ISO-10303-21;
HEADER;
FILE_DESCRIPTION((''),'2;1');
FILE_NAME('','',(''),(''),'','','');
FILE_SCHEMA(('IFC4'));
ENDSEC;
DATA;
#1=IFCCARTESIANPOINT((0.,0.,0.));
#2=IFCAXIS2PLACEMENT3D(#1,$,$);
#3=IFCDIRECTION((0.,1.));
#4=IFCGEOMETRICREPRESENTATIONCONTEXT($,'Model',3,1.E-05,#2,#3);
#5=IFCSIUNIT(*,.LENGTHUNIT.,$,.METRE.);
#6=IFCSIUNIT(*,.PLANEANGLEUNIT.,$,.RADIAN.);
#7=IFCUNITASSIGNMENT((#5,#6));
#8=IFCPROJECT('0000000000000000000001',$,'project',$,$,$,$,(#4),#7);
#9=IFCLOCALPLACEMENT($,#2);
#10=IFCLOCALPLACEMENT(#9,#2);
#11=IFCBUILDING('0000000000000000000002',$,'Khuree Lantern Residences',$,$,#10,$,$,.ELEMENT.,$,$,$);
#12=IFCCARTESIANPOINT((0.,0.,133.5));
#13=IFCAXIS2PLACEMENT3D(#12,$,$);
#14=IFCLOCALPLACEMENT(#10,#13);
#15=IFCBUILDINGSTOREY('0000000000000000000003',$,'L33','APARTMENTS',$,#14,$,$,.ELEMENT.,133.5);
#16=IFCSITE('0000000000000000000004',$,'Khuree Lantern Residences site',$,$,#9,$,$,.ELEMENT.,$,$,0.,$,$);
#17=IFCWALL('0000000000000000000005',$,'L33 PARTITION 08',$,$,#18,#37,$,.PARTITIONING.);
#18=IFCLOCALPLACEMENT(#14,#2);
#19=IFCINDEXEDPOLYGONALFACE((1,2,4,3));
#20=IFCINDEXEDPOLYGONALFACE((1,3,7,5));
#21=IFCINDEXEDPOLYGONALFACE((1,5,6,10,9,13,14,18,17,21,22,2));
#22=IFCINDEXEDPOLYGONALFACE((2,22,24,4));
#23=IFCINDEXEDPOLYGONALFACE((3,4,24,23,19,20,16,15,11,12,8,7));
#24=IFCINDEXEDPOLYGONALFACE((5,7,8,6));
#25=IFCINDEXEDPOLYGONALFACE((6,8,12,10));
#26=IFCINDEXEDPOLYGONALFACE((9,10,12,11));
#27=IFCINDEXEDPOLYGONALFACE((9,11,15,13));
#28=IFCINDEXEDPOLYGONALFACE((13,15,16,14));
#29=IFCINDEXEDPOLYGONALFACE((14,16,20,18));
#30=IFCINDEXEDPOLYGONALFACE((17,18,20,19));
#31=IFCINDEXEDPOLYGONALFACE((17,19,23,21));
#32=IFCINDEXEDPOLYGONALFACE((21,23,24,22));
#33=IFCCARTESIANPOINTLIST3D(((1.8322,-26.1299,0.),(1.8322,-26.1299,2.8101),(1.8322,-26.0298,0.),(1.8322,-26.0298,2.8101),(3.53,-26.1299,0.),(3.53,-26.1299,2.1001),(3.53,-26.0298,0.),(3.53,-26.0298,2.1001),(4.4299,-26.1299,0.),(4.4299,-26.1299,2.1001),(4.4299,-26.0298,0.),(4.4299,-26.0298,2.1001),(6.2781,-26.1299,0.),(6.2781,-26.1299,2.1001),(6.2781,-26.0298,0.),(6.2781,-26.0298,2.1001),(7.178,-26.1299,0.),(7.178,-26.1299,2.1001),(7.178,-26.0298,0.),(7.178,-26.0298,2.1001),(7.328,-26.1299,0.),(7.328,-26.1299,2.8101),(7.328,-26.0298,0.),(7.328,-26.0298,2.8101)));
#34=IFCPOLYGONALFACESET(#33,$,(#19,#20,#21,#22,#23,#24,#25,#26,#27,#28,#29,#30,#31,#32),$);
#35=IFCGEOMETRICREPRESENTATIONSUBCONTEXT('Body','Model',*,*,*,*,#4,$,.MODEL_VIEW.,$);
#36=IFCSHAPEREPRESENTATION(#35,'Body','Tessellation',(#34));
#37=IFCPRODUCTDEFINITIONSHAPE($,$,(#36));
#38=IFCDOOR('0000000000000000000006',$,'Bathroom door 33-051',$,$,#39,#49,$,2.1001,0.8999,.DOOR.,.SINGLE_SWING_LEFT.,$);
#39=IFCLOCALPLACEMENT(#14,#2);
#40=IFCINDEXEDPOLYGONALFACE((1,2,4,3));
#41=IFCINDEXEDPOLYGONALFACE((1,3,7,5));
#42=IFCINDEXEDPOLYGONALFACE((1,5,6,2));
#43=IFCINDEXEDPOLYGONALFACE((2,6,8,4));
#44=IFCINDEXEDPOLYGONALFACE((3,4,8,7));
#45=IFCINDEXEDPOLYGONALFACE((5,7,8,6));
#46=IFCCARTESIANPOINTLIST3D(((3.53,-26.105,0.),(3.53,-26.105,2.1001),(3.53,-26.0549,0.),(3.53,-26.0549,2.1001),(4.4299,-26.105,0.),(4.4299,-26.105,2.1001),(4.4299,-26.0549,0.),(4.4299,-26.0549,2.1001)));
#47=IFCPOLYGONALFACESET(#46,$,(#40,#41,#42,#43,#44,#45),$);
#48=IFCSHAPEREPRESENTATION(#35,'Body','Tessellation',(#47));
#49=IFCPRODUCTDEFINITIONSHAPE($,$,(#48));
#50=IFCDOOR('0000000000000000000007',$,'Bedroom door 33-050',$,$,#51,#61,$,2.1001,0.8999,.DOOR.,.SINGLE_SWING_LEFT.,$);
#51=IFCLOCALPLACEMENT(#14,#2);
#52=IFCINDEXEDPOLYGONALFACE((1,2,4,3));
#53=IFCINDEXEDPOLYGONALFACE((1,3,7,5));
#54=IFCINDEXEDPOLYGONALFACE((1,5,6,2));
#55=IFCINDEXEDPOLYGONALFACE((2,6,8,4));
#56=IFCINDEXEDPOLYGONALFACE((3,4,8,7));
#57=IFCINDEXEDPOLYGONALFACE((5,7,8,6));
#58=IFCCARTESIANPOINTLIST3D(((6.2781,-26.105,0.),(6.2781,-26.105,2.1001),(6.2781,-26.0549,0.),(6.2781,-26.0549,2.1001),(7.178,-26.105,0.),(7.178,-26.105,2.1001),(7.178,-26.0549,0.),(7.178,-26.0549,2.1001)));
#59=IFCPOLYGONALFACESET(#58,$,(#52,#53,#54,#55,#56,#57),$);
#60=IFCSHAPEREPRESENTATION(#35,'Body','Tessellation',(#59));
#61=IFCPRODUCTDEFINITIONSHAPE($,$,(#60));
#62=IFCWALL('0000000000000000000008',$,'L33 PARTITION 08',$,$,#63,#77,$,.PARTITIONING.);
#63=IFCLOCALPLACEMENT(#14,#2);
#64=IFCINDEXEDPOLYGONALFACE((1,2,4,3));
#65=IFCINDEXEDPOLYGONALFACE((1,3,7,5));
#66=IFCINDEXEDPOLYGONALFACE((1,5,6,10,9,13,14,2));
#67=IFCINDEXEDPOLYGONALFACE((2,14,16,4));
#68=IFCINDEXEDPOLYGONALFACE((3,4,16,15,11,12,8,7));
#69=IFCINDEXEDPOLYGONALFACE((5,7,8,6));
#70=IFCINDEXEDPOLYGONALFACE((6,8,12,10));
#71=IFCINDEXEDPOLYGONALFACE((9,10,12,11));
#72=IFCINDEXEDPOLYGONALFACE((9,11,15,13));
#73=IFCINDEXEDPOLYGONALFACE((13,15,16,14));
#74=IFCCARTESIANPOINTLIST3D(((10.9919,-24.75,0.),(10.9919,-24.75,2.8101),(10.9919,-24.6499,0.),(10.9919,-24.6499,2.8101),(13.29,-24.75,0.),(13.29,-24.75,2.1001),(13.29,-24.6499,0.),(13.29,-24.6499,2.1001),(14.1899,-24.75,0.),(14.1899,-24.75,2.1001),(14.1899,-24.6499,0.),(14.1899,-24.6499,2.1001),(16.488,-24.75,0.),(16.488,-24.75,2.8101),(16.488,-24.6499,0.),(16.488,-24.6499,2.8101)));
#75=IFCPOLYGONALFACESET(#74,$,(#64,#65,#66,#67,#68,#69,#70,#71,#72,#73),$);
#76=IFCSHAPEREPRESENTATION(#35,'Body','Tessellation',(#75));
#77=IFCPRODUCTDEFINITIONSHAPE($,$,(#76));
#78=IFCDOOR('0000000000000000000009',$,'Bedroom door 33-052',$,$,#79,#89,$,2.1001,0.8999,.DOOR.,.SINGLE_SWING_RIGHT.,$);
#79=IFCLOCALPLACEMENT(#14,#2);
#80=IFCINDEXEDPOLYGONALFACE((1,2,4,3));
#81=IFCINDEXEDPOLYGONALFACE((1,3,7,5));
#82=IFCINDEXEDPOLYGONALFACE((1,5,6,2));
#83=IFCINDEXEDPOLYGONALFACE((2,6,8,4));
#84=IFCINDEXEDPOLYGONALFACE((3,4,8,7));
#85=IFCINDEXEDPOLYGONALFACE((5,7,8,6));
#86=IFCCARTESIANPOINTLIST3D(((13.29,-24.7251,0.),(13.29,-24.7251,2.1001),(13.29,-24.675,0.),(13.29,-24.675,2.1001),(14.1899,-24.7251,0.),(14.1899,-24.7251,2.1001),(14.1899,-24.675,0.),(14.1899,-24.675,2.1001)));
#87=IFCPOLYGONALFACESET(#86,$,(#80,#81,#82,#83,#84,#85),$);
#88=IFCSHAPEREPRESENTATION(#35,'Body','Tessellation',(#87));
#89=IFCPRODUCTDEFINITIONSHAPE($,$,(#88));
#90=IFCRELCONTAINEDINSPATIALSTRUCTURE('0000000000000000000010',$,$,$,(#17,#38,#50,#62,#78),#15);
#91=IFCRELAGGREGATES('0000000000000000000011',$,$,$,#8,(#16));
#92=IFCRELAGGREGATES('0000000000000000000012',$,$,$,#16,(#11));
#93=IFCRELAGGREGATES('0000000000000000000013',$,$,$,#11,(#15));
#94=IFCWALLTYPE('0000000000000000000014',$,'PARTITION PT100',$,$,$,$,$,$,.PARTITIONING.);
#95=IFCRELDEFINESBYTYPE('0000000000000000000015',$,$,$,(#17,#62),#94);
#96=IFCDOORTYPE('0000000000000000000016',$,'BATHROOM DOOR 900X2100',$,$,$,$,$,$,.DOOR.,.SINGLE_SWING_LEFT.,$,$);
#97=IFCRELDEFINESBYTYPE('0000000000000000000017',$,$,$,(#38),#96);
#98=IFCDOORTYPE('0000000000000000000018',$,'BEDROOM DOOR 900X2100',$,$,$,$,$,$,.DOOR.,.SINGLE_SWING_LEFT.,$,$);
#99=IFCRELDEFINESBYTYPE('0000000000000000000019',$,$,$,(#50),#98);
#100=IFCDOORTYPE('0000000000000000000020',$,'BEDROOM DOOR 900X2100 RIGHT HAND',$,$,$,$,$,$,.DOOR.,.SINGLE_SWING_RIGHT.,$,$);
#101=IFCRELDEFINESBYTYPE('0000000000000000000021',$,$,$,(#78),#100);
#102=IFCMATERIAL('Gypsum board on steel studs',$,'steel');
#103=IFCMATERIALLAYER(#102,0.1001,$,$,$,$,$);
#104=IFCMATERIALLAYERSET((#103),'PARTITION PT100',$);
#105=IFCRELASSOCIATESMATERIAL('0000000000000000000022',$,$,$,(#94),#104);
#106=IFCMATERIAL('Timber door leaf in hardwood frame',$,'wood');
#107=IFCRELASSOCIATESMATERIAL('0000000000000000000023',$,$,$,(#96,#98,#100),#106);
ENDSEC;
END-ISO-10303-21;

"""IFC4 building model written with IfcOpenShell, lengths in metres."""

from ifc_helpers import new_model, si_unit, direction, frame, frame_2d, origin, place, context, subcontext, project, spatial, rectangle, extrude, material, layer, layer_set, type_object, element, fill, save


model = new_model("IFC4")

# Units and contexts
model_context = context("Model", 3, precision=1e-05, world=origin(), true_north=direction((0.0, 1.0)))
body_context = subcontext(model_context, "Body", "Model", "MODEL_VIEW")
ifc_project = project(units=[si_unit("LENGTHUNIT", "METRE"), si_unit("PLANEANGLEUNIT", "RADIAN")], contexts=[model_context])

# Site, building, storey
site_placement = place(None, origin())
site = spatial("IfcSite", under=ifc_project, at=site_placement, Name="Khuree Lantern Residences site", CompositionType="ELEMENT", RefElevation=0.0)
building_placement = place(site_placement, origin())
building = spatial("IfcBuilding", under=site, at=building_placement, Name="Khuree Lantern Residences", CompositionType="ELEMENT")
storey_placement = place(building_placement, frame((0.0, 0.0, 133.5)))
storey = spatial("IfcBuildingStorey", under=building, at=storey_placement, Name="L33", Description="APARTMENTS", CompositionType="ELEMENT", Elevation=133.5)

# Shared definitions
ifc_material_1 = material(Name="Gypsum board on steel studs", Category="steel")
ifc_layer_1 = layer(ifc_material_1, 0.1001)
ifc_layer_set_1 = layer_set([ifc_layer_1], Name="PARTITION PT100")
wall_type_1 = type_object("IfcWallType", Name="PARTITION PT100", PredefinedType="PARTITIONING", material=ifc_layer_set_1)

# Wall, openings, doors
wall_1_placement = place(storey_placement, frame((1.832, -26.0798, 0.0), z_axis=(0.0, 0.0, 1.0), x_axis=(1.0, 0.0, 0.0)))
wall_1 = element("IfcWall", 1, at=wall_1_placement, inside=storey, type_object=wall_type_1, Name="L33 PARTITION 08", PredefinedType="PARTITIONING", context=body_context, shape_type="SweptSolid", body=[
    extrude(rectangle(XDim=5.4958, YDim=0.1001, at=frame_2d((2.748, 0.0))), origin(), (0.0, 0.0, 1.0), 2.8101),
])
opening_1_placement = place(wall_1_placement, frame((4.446, 0.0, 0.0)))
opening_1 = element("IfcOpeningElement", 2, at=opening_1_placement, cuts=wall_1, PredefinedType="OPENING", context=body_context, shape_type="SweptSolid", body=[
    extrude(rectangle(XDim=0.8999, YDim=2.1001, at=frame_2d((0.45, 1.05))), frame((0.0, 0.0601, 0.0), z_axis=(0.0, -1.0, 0.0), x_axis=(1.0, 0.0, 0.0)), (0.0, 0.0, 1.0), 0.1201),
])
opening_2_placement = place(wall_1_placement, frame((1.698, 0.0, 0.0)))
opening_2 = element("IfcOpeningElement", 3, at=opening_2_placement, cuts=wall_1, PredefinedType="OPENING", context=body_context, shape_type="SweptSolid", body=[
    extrude(rectangle(XDim=0.8999, YDim=2.1001, at=frame_2d((0.45, 1.05))), frame((0.0, 0.0601, 0.0), z_axis=(0.0, -1.0, 0.0), x_axis=(1.0, 0.0, 0.0)), (0.0, 0.0, 1.0), 0.1201),
])
ifc_material_2 = material(Name="Timber door leaf in hardwood frame", Category="wood")
door_type_1 = type_object("IfcDoorType", Name="BATHROOM DOOR 900X2100", OperationType="SINGLE_SWING_LEFT", PredefinedType="DOOR", material=ifc_material_2)
door_1_placement = place(opening_2_placement, origin())
door_1 = element("IfcDoor", 4, at=door_1_placement, inside=storey, type_object=door_type_1, Name="Bathroom door 33-051", OperationType="SINGLE_SWING_LEFT", OverallHeight=2.1001, OverallWidth=0.8999, PredefinedType="DOOR", context=body_context, shape_type="SweptSolid", body=[
    extrude(rectangle(XDim=0.8999, YDim=2.1001, at=frame_2d((0.45, 1.05))), frame((0.0, 0.0249, 0.0), z_axis=(0.0, -1.0, 0.0), x_axis=(1.0, 0.0, 0.0)), (0.0, 0.0, 1.0), 0.05),
])
fill(opening_2, door_1)
door_type_2 = type_object("IfcDoorType", Name="BEDROOM DOOR 900X2100", OperationType="SINGLE_SWING_LEFT", PredefinedType="DOOR", material=ifc_material_2)
door_2_placement = place(opening_1_placement, origin())
door_2 = element("IfcDoor", 5, at=door_2_placement, inside=storey, type_object=door_type_2, Name="Bedroom door 33-050", OperationType="SINGLE_SWING_LEFT", OverallHeight=2.1001, OverallWidth=0.8999, PredefinedType="DOOR", context=body_context, shape_type="SweptSolid", body=[
    extrude(rectangle(XDim=0.8999, YDim=2.1001, at=frame_2d((0.45, 1.05))), frame((0.0, 0.0249, 0.0), z_axis=(0.0, -1.0, 0.0), x_axis=(1.0, 0.0, 0.0)), (0.0, 0.0, 1.0), 0.05),
])
fill(opening_1, door_2)

# Wall, opening, door
wall_2_placement = place(storey_placement, frame((10.9919, -24.7, 0.0), z_axis=(0.0, 0.0, 1.0), x_axis=(1.0, 0.0, 0.0)))
wall_2 = element("IfcWall", 6, at=wall_2_placement, inside=storey, type_object=wall_type_1, Name="L33 PARTITION 08", PredefinedType="PARTITIONING", context=body_context, shape_type="SweptSolid", body=[
    extrude(rectangle(XDim=5.4961, YDim=0.1001, at=frame_2d((2.748, 0.0))), origin(), (0.0, 0.0, 1.0), 2.8101),
])
opening_3_placement = place(wall_2_placement, frame((2.2981, 0.0, 0.0)))
opening_3 = element("IfcOpeningElement", 7, at=opening_3_placement, cuts=wall_2, PredefinedType="OPENING", context=body_context, shape_type="SweptSolid", body=[
    extrude(rectangle(XDim=0.8999, YDim=2.1001, at=frame_2d((0.45, 1.05))), frame((0.0, 0.0601, 0.0), z_axis=(0.0, -1.0, 0.0), x_axis=(1.0, 0.0, 0.0)), (0.0, 0.0, 1.0), 0.1201),
])
door_type_3 = type_object("IfcDoorType", Name="BEDROOM DOOR 900X2100 RIGHT HAND", OperationType="SINGLE_SWING_RIGHT", PredefinedType="DOOR", material=ifc_material_2)
door_3_placement = place(opening_3_placement, origin())
door_3 = element("IfcDoor", 8, at=door_3_placement, inside=storey, type_object=door_type_3, Name="Bedroom door 33-052", OperationType="SINGLE_SWING_RIGHT", OverallHeight=2.1001, OverallWidth=0.8999, PredefinedType="DOOR", context=body_context, shape_type="SweptSolid", body=[
    extrude(rectangle(XDim=0.8999, YDim=2.1001, at=frame_2d((0.45, 1.05))), frame((0.0, 0.0249, 0.0), z_axis=(0.0, -1.0, 0.0), x_axis=(1.0, 0.0, 0.0)), (0.0, 0.0, 1.0), 0.05),
])
fill(opening_3, door_3)

save(model, "model.ifc")
